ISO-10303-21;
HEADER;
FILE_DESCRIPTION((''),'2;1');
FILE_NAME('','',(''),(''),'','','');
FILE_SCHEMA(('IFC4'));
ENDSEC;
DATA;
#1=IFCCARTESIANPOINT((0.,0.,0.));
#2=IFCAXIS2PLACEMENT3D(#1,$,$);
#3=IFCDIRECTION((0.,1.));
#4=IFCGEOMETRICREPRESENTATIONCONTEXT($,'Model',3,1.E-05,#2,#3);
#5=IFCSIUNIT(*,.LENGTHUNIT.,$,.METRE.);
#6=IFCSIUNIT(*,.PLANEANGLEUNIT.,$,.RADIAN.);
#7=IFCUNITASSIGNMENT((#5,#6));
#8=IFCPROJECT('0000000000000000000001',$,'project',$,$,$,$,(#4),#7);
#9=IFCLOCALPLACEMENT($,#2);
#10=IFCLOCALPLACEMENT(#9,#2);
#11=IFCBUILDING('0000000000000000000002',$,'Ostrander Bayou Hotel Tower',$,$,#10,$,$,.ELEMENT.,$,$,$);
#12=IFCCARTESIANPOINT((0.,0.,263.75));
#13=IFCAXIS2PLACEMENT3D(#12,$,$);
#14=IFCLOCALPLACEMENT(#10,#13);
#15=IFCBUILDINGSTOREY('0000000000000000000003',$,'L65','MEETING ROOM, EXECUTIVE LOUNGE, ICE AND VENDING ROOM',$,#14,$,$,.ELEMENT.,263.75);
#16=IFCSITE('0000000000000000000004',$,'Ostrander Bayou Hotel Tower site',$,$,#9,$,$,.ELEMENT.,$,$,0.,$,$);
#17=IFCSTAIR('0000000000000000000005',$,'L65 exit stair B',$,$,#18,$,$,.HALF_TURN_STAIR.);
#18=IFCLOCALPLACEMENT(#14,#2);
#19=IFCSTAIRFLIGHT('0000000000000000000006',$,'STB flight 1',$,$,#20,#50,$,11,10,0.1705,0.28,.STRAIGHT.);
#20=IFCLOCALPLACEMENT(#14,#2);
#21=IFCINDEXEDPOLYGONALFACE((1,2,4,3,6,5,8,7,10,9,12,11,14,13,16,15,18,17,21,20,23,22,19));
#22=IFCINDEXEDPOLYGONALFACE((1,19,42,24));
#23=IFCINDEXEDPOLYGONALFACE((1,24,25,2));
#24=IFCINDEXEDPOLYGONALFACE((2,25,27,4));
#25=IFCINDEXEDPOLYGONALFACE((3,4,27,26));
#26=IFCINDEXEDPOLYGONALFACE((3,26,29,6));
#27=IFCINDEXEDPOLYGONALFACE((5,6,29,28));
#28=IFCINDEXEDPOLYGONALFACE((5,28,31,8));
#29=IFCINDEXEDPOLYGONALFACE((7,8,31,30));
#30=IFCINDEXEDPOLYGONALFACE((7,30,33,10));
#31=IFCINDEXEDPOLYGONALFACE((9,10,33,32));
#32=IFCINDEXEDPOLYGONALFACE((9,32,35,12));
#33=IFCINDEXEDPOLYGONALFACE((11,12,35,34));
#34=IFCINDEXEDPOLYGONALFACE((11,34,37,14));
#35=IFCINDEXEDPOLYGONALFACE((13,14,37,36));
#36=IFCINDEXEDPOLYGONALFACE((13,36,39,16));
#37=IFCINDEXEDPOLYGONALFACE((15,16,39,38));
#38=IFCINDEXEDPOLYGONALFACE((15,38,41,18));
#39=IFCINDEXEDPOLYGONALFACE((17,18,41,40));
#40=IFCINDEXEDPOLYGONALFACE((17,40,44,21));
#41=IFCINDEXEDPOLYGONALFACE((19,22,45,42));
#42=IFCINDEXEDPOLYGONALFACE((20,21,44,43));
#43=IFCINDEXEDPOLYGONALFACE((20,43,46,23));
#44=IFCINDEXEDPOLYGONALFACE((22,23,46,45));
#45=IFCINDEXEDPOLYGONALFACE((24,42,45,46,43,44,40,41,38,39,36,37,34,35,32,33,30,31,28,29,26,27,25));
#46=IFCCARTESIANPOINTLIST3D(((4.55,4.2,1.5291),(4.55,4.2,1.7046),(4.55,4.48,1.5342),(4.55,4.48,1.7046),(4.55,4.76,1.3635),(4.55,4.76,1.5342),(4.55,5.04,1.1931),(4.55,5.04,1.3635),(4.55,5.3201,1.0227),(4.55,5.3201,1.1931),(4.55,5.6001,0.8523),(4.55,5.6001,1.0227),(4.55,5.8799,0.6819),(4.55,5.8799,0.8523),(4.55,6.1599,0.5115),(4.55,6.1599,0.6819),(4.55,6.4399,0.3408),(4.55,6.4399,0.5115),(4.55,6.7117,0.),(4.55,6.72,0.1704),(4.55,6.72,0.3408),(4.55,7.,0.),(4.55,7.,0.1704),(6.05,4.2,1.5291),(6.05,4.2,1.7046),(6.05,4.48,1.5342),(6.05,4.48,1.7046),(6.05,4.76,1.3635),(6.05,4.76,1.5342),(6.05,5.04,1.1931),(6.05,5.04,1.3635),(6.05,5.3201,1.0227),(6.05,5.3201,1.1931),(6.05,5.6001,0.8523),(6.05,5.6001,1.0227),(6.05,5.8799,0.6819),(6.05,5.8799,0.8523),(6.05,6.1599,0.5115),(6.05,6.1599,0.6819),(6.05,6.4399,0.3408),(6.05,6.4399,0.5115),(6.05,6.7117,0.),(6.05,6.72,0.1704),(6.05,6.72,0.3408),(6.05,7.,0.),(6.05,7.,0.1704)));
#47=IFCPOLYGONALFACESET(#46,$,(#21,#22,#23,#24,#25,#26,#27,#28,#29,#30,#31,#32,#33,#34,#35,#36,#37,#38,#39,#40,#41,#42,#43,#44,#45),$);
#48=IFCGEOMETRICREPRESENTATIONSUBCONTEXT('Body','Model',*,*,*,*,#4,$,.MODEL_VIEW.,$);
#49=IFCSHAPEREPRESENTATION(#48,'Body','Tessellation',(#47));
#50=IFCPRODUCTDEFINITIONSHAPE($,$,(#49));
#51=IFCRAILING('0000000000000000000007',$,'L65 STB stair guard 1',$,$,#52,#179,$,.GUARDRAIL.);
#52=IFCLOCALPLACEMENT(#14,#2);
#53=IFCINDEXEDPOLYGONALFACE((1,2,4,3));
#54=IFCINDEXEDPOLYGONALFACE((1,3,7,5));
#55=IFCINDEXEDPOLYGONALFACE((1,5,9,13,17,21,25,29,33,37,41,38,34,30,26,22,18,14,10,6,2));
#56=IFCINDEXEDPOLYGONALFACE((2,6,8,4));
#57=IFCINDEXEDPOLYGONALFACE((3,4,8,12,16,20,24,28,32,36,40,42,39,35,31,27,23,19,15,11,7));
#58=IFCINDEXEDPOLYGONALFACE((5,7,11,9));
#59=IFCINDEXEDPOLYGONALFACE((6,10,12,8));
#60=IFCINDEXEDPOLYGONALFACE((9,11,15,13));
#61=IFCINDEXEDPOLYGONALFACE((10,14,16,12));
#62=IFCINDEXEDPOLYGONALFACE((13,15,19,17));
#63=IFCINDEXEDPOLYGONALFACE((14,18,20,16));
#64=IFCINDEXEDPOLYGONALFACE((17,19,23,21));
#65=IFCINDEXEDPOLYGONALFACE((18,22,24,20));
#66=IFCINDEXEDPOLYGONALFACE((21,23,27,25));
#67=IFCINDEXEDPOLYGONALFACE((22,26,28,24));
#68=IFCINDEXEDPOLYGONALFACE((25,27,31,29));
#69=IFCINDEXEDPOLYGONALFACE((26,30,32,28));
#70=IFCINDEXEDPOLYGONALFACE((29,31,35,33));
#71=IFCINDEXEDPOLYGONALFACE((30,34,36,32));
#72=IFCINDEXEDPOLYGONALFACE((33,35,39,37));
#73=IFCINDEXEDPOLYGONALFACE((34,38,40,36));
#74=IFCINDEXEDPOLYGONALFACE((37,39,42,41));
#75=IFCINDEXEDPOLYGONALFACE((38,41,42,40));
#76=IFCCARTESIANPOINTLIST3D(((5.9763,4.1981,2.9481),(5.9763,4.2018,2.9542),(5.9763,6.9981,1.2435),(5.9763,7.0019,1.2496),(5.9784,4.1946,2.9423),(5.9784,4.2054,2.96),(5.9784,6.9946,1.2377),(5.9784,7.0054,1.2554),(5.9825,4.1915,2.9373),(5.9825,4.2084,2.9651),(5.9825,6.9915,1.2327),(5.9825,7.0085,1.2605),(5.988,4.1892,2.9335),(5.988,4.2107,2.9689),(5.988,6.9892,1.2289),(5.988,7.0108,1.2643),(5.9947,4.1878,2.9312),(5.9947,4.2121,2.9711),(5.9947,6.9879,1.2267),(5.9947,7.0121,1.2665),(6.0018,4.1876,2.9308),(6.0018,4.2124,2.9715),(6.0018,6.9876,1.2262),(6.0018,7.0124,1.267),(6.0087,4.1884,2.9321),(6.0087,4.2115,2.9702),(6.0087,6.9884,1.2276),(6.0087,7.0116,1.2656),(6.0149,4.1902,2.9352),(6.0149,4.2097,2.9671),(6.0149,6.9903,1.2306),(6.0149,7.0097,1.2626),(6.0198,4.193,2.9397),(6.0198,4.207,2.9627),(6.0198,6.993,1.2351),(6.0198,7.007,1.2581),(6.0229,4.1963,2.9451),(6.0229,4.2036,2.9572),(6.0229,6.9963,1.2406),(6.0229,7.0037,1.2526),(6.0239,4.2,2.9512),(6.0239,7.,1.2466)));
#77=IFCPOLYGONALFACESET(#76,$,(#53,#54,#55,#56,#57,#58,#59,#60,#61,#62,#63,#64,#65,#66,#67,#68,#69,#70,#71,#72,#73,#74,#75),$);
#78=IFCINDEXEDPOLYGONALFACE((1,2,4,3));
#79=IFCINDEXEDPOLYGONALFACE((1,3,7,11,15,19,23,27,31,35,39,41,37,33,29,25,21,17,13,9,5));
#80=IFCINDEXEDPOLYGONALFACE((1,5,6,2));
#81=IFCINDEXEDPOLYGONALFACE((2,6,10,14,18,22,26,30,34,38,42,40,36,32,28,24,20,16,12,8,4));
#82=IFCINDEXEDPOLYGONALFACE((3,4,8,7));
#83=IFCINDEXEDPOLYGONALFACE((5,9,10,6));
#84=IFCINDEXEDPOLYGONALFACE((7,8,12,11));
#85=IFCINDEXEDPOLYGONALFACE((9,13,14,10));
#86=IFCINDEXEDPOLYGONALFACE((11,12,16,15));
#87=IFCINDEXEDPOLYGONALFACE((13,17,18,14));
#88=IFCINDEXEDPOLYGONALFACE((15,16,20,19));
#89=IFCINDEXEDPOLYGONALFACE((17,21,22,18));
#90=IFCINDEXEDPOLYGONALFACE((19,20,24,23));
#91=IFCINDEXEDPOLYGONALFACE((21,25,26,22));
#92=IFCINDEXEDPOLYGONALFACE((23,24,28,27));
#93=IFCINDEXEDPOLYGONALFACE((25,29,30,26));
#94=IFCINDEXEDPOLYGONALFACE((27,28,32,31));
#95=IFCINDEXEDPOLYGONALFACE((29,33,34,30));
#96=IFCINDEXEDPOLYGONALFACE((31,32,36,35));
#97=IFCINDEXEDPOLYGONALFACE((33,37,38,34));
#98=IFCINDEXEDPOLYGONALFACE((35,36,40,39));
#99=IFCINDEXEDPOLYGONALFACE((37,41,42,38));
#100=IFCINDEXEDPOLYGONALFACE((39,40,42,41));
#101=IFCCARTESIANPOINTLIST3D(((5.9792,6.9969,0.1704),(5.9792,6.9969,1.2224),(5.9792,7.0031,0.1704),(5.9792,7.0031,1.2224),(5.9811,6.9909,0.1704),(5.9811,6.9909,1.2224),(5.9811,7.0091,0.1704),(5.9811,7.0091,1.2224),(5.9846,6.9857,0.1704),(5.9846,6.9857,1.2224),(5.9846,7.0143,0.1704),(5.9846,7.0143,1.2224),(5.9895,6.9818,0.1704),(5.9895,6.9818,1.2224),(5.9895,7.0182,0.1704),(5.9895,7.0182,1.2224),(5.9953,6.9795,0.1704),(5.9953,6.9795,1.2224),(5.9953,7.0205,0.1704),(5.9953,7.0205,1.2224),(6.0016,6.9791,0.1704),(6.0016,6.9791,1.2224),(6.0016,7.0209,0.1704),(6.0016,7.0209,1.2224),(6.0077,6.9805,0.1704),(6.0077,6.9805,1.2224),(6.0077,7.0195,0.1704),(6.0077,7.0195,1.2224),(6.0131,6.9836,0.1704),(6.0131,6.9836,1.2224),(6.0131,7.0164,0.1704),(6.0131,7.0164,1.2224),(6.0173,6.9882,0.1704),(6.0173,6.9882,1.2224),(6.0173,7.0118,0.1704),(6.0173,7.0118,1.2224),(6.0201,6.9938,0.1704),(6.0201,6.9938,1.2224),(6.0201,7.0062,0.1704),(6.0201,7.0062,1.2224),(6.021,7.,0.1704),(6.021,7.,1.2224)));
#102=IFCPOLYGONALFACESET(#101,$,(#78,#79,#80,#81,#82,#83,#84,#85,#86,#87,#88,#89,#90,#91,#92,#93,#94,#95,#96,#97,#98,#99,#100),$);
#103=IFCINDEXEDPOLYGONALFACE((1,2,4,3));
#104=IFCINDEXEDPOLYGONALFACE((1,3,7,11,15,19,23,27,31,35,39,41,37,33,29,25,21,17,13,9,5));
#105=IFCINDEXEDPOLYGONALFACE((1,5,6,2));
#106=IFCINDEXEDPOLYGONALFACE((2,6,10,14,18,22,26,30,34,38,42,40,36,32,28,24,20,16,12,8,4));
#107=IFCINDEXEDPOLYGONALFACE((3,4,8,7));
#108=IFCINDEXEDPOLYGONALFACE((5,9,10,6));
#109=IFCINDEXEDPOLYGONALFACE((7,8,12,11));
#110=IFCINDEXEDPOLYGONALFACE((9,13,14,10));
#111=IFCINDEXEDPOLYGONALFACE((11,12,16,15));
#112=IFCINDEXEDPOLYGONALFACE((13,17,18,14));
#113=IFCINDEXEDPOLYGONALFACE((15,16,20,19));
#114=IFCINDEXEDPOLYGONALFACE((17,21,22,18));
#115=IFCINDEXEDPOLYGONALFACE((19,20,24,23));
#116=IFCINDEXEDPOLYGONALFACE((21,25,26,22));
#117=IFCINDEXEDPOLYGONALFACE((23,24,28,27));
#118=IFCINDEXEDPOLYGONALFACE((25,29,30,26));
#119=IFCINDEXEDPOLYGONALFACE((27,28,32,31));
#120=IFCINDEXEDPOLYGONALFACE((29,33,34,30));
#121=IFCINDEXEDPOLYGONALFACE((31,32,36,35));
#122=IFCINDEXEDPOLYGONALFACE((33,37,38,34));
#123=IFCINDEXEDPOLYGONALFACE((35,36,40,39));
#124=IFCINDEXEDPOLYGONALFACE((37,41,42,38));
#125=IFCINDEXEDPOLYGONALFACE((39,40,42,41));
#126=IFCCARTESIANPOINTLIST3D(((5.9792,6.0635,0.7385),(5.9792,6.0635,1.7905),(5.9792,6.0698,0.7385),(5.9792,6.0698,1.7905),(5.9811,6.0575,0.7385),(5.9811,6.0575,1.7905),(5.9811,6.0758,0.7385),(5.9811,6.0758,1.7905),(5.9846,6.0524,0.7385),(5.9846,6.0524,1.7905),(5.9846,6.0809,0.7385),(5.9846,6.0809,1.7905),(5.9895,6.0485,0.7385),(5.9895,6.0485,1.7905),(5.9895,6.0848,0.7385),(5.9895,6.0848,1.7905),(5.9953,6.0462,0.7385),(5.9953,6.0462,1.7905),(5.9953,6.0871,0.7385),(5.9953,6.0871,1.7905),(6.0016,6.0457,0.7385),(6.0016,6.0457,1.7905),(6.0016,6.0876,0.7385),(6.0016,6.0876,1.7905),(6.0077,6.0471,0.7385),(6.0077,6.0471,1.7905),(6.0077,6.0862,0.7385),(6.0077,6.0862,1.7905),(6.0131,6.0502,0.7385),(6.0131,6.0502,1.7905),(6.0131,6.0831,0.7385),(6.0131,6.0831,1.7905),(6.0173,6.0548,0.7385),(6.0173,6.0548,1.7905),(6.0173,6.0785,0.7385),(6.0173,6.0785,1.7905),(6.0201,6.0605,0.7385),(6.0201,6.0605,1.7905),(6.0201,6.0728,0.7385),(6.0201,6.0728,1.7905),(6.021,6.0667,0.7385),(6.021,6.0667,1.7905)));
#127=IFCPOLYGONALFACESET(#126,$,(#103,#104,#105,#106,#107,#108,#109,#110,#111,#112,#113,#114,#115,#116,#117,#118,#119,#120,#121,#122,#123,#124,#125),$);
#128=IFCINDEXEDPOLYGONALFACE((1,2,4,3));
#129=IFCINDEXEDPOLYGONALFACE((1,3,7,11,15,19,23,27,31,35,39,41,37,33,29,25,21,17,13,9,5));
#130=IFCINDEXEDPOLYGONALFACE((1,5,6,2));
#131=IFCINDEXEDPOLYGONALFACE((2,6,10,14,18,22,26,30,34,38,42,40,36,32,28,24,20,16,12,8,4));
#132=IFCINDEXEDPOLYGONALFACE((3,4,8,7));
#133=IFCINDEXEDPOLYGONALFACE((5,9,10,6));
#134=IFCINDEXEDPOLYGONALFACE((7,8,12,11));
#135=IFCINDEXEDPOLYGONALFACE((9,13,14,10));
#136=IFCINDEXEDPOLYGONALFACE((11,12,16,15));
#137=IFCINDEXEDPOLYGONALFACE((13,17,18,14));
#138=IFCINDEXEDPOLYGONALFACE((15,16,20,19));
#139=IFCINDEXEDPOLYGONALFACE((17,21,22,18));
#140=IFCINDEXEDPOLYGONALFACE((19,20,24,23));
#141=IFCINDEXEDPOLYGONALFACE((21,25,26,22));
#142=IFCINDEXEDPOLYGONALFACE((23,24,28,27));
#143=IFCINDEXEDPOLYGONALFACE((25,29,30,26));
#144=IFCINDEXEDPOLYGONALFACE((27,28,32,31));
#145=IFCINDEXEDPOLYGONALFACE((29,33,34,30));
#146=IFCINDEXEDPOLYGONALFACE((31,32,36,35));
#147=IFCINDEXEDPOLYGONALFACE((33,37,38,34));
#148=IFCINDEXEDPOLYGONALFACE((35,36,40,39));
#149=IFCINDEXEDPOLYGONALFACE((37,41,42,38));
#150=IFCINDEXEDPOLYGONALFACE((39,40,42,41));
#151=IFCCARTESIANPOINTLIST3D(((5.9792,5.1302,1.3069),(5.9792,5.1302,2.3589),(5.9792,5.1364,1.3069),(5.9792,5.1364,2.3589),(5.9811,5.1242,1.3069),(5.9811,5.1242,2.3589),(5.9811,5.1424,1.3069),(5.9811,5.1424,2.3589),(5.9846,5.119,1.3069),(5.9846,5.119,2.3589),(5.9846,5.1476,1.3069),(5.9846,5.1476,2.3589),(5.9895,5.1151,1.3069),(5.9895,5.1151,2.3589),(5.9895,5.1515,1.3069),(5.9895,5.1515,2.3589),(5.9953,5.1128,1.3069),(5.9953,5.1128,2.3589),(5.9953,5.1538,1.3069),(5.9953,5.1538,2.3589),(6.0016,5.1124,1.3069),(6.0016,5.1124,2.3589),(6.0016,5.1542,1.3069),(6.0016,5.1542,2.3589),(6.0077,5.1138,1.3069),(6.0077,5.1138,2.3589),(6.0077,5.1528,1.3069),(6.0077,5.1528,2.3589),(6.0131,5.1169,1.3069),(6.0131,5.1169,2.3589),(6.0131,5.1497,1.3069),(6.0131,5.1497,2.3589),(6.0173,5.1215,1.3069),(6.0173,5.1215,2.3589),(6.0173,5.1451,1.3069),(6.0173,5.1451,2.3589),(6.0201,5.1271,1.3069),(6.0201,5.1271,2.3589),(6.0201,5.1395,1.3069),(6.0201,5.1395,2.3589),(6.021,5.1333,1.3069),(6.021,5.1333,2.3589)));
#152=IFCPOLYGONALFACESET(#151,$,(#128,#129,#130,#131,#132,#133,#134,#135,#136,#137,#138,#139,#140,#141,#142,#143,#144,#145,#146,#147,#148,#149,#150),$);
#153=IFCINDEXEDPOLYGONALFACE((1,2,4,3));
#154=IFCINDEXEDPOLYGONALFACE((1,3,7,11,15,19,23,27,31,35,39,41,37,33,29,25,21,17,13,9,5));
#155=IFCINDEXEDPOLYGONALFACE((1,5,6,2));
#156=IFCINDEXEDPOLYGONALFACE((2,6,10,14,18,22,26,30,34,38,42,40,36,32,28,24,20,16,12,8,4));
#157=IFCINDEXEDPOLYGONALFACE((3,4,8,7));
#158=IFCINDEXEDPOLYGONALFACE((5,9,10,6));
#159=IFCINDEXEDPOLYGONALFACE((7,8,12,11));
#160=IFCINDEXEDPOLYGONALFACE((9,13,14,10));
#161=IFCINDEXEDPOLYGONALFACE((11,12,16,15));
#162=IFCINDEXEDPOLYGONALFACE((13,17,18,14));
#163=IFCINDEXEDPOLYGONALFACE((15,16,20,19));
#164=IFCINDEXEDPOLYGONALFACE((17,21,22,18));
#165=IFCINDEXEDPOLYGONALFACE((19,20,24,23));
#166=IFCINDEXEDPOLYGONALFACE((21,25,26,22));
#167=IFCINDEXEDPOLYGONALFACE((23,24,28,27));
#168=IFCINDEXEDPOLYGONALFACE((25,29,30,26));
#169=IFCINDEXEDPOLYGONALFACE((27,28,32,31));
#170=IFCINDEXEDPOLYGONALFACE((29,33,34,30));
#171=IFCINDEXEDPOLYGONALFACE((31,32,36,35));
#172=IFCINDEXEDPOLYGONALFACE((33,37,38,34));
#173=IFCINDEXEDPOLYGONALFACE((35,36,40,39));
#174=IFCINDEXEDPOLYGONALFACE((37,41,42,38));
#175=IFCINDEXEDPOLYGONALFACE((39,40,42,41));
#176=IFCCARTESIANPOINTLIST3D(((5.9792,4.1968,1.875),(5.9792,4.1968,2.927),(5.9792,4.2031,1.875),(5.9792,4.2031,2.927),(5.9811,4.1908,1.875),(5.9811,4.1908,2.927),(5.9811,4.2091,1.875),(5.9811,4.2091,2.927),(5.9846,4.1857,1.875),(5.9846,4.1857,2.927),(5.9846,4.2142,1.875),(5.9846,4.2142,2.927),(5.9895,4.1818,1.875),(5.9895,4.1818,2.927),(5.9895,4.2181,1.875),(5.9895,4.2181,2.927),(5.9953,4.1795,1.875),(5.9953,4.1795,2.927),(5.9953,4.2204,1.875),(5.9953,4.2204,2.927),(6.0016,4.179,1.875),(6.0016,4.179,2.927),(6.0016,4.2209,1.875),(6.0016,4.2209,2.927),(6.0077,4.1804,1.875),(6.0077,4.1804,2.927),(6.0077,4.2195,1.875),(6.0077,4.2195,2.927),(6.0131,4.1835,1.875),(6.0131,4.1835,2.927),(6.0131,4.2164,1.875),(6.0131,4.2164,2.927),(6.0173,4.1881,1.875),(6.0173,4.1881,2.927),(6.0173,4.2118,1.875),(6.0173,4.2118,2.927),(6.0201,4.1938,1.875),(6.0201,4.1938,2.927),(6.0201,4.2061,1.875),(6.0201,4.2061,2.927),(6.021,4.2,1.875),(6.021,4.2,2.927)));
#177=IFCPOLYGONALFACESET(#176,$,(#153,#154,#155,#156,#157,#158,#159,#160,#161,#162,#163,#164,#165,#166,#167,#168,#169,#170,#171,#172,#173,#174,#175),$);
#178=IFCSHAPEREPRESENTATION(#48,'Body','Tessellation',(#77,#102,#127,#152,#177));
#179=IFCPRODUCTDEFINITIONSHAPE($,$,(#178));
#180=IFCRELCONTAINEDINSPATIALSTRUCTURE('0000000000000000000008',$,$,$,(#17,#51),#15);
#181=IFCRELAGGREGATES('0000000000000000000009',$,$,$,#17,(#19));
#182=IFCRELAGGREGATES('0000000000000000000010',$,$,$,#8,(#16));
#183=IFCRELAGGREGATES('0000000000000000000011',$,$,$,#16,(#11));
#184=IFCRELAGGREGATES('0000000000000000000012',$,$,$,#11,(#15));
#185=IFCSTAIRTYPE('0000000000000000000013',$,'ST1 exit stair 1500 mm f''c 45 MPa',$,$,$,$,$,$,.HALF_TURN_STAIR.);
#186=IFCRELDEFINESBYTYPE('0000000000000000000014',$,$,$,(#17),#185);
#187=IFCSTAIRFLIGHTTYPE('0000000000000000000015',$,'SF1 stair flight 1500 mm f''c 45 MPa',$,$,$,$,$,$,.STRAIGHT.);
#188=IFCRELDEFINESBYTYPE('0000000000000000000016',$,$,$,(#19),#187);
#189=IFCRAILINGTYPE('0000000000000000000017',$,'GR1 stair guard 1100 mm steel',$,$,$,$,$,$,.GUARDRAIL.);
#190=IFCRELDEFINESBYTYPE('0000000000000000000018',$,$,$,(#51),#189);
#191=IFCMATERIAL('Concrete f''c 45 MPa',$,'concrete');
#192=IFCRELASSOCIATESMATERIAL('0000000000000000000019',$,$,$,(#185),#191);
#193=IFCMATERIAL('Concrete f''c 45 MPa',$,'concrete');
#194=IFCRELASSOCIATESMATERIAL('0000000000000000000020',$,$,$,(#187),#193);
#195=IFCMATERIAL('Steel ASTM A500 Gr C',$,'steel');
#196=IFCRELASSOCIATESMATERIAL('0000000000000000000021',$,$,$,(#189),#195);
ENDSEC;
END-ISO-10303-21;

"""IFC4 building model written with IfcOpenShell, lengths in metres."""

from ifc_helpers import new_model, si_unit, direction, frame, origin, origin_2d, place, context, subcontext, project, spatial, polyline, circle, outline, extrude, material, type_object, element, aggregate, save


model = new_model("IFC4")

# Units and contexts
model_context = context("Model", 3, precision=1e-05, world=origin(), true_north=direction((0.0, 1.0)))
body_context = subcontext(model_context, "Body", "Model", "MODEL_VIEW")
ifc_project = project(units=[si_unit("LENGTHUNIT", "METRE"), si_unit("PLANEANGLEUNIT", "RADIAN")], contexts=[model_context])

# Site, building, storey
site_placement = place(None, origin())
site = spatial("IfcSite", under=ifc_project, at=site_placement, Name="Ostrander Bayou Hotel Tower site", CompositionType="ELEMENT", RefElevation=0.0)
building_placement = place(site_placement, origin())
building = spatial("IfcBuilding", under=site, at=building_placement, Name="Ostrander Bayou Hotel Tower", CompositionType="ELEMENT")
storey_placement = place(building_placement, frame((0.0, 0.0, 263.75)))
storey = spatial("IfcBuildingStorey", under=building, at=storey_placement, Name="L65", Description="MEETING ROOM, EXECUTIVE LOUNGE, ICE AND VENDING ROOM", CompositionType="ELEMENT", Elevation=263.75)

# Stair, stair flight
ifc_material_1 = material(Name="Concrete f'c 45 MPa", Category="concrete")
stair_type = type_object("IfcStairType", Name="ST1 exit stair 1500 mm f'c 45 MPa", PredefinedType="HALF_TURN_STAIR", material=ifc_material_1)
stair_placement = place(storey_placement, origin())
stair = element("IfcStair", 1, at=stair_placement, inside=storey, type_object=stair_type, Name="L65 exit stair B", PredefinedType="HALF_TURN_STAIR")
ifc_material_2 = material(Name="Concrete f'c 45 MPa", Category="concrete")
stair_flight_type = type_object("IfcStairFlightType", Name="SF1 stair flight 1500 mm f'c 45 MPa", PredefinedType="STRAIGHT", material=ifc_material_2)
stair_flight_placement = place(storey_placement, frame((5.3, 7.0, 0.0), z_axis=(0.0, 0.0, 1.0), x_axis=(0.0, -1.0, 0.0)))
stair_flight = element("IfcStairFlight", 2, at=stair_flight_placement, type_object=stair_flight_type, Name="STB flight 1", NumberOfRisers=11, NumberOfTreads=10, PredefinedType="STRAIGHT", RiserHeight=0.1705, TreadLength=0.28, context=body_context, shape_type="SweptSolid", body=[
    extrude(outline(polyline([(0.0, 0.0), (0.0, 0.1704), (0.28, 0.1704), (0.28, 0.3408), (0.5601, 0.3408), (0.5601, 0.5115), (0.8401, 0.5115), (0.8401, 0.6819), (1.1201, 0.6819), (1.1201, 0.8523), (1.3999, 0.8523), (1.3999, 1.0227), (1.6799, 1.0227), (1.6799, 1.1931), (1.96, 1.1931), (1.96, 1.3635), (2.24, 1.3635), (2.24, 1.5342), (2.52, 1.5342), (2.52, 1.7046), (2.8, 1.7046), (2.8, 1.875), (2.8, 1.5291), (0.2883, 0.0), (0.0, 0.0)])), frame((0.0, 0.75, 0.0), z_axis=(0.0, -1.0, 0.0), x_axis=(1.0, 0.0, 0.0)), (0.0, 0.0, 1.0), 1.5),
])
aggregate(stair, [stair_flight])

# Railing
ifc_material_3 = material(Name="Steel ASTM A500 Gr C", Category="steel")
railing_type_1 = type_object("IfcRailingType", Name="GR1 stair guard 1100 mm steel", PredefinedType="GUARDRAIL", material=ifc_material_3)
railing_1_placement = place(storey_placement, frame((6.0, 7.0, 0.1704)))
element("IfcRailing", 3, at=railing_1_placement, inside=storey, type_object=railing_type_1, Name="L65 STB stair guard 1", PredefinedType="GUARDRAIL", context=body_context, shape_type="SweptSolid", body=[
    extrude(circle(Radius=0.0239, at=origin_2d()), frame((0.0, 0.0, 1.0762), z_axis=(0.0, -0.85417, 0.519994), x_axis=(1.0, 0.0, 0.0)), (0.0, 0.0, 1.0), 3.2781),
    extrude(circle(Radius=0.021, at=origin_2d()), origin(), (0.0, 0.0, 1.0), 1.052),
    extrude(circle(Radius=0.021, at=origin_2d()), frame((0.0, -0.9333, 0.5681)), (0.0, 0.0, 1.0), 1.052),
    extrude(circle(Radius=0.021, at=origin_2d()), frame((0.0, -1.8667, 1.1365)), (0.0, 0.0, 1.0), 1.052),
    extrude(circle(Radius=0.021, at=origin_2d()), frame((0.0, -2.8, 1.7046)), (0.0, 0.0, 1.0), 1.052),
])

save(model, "model.ifc")
